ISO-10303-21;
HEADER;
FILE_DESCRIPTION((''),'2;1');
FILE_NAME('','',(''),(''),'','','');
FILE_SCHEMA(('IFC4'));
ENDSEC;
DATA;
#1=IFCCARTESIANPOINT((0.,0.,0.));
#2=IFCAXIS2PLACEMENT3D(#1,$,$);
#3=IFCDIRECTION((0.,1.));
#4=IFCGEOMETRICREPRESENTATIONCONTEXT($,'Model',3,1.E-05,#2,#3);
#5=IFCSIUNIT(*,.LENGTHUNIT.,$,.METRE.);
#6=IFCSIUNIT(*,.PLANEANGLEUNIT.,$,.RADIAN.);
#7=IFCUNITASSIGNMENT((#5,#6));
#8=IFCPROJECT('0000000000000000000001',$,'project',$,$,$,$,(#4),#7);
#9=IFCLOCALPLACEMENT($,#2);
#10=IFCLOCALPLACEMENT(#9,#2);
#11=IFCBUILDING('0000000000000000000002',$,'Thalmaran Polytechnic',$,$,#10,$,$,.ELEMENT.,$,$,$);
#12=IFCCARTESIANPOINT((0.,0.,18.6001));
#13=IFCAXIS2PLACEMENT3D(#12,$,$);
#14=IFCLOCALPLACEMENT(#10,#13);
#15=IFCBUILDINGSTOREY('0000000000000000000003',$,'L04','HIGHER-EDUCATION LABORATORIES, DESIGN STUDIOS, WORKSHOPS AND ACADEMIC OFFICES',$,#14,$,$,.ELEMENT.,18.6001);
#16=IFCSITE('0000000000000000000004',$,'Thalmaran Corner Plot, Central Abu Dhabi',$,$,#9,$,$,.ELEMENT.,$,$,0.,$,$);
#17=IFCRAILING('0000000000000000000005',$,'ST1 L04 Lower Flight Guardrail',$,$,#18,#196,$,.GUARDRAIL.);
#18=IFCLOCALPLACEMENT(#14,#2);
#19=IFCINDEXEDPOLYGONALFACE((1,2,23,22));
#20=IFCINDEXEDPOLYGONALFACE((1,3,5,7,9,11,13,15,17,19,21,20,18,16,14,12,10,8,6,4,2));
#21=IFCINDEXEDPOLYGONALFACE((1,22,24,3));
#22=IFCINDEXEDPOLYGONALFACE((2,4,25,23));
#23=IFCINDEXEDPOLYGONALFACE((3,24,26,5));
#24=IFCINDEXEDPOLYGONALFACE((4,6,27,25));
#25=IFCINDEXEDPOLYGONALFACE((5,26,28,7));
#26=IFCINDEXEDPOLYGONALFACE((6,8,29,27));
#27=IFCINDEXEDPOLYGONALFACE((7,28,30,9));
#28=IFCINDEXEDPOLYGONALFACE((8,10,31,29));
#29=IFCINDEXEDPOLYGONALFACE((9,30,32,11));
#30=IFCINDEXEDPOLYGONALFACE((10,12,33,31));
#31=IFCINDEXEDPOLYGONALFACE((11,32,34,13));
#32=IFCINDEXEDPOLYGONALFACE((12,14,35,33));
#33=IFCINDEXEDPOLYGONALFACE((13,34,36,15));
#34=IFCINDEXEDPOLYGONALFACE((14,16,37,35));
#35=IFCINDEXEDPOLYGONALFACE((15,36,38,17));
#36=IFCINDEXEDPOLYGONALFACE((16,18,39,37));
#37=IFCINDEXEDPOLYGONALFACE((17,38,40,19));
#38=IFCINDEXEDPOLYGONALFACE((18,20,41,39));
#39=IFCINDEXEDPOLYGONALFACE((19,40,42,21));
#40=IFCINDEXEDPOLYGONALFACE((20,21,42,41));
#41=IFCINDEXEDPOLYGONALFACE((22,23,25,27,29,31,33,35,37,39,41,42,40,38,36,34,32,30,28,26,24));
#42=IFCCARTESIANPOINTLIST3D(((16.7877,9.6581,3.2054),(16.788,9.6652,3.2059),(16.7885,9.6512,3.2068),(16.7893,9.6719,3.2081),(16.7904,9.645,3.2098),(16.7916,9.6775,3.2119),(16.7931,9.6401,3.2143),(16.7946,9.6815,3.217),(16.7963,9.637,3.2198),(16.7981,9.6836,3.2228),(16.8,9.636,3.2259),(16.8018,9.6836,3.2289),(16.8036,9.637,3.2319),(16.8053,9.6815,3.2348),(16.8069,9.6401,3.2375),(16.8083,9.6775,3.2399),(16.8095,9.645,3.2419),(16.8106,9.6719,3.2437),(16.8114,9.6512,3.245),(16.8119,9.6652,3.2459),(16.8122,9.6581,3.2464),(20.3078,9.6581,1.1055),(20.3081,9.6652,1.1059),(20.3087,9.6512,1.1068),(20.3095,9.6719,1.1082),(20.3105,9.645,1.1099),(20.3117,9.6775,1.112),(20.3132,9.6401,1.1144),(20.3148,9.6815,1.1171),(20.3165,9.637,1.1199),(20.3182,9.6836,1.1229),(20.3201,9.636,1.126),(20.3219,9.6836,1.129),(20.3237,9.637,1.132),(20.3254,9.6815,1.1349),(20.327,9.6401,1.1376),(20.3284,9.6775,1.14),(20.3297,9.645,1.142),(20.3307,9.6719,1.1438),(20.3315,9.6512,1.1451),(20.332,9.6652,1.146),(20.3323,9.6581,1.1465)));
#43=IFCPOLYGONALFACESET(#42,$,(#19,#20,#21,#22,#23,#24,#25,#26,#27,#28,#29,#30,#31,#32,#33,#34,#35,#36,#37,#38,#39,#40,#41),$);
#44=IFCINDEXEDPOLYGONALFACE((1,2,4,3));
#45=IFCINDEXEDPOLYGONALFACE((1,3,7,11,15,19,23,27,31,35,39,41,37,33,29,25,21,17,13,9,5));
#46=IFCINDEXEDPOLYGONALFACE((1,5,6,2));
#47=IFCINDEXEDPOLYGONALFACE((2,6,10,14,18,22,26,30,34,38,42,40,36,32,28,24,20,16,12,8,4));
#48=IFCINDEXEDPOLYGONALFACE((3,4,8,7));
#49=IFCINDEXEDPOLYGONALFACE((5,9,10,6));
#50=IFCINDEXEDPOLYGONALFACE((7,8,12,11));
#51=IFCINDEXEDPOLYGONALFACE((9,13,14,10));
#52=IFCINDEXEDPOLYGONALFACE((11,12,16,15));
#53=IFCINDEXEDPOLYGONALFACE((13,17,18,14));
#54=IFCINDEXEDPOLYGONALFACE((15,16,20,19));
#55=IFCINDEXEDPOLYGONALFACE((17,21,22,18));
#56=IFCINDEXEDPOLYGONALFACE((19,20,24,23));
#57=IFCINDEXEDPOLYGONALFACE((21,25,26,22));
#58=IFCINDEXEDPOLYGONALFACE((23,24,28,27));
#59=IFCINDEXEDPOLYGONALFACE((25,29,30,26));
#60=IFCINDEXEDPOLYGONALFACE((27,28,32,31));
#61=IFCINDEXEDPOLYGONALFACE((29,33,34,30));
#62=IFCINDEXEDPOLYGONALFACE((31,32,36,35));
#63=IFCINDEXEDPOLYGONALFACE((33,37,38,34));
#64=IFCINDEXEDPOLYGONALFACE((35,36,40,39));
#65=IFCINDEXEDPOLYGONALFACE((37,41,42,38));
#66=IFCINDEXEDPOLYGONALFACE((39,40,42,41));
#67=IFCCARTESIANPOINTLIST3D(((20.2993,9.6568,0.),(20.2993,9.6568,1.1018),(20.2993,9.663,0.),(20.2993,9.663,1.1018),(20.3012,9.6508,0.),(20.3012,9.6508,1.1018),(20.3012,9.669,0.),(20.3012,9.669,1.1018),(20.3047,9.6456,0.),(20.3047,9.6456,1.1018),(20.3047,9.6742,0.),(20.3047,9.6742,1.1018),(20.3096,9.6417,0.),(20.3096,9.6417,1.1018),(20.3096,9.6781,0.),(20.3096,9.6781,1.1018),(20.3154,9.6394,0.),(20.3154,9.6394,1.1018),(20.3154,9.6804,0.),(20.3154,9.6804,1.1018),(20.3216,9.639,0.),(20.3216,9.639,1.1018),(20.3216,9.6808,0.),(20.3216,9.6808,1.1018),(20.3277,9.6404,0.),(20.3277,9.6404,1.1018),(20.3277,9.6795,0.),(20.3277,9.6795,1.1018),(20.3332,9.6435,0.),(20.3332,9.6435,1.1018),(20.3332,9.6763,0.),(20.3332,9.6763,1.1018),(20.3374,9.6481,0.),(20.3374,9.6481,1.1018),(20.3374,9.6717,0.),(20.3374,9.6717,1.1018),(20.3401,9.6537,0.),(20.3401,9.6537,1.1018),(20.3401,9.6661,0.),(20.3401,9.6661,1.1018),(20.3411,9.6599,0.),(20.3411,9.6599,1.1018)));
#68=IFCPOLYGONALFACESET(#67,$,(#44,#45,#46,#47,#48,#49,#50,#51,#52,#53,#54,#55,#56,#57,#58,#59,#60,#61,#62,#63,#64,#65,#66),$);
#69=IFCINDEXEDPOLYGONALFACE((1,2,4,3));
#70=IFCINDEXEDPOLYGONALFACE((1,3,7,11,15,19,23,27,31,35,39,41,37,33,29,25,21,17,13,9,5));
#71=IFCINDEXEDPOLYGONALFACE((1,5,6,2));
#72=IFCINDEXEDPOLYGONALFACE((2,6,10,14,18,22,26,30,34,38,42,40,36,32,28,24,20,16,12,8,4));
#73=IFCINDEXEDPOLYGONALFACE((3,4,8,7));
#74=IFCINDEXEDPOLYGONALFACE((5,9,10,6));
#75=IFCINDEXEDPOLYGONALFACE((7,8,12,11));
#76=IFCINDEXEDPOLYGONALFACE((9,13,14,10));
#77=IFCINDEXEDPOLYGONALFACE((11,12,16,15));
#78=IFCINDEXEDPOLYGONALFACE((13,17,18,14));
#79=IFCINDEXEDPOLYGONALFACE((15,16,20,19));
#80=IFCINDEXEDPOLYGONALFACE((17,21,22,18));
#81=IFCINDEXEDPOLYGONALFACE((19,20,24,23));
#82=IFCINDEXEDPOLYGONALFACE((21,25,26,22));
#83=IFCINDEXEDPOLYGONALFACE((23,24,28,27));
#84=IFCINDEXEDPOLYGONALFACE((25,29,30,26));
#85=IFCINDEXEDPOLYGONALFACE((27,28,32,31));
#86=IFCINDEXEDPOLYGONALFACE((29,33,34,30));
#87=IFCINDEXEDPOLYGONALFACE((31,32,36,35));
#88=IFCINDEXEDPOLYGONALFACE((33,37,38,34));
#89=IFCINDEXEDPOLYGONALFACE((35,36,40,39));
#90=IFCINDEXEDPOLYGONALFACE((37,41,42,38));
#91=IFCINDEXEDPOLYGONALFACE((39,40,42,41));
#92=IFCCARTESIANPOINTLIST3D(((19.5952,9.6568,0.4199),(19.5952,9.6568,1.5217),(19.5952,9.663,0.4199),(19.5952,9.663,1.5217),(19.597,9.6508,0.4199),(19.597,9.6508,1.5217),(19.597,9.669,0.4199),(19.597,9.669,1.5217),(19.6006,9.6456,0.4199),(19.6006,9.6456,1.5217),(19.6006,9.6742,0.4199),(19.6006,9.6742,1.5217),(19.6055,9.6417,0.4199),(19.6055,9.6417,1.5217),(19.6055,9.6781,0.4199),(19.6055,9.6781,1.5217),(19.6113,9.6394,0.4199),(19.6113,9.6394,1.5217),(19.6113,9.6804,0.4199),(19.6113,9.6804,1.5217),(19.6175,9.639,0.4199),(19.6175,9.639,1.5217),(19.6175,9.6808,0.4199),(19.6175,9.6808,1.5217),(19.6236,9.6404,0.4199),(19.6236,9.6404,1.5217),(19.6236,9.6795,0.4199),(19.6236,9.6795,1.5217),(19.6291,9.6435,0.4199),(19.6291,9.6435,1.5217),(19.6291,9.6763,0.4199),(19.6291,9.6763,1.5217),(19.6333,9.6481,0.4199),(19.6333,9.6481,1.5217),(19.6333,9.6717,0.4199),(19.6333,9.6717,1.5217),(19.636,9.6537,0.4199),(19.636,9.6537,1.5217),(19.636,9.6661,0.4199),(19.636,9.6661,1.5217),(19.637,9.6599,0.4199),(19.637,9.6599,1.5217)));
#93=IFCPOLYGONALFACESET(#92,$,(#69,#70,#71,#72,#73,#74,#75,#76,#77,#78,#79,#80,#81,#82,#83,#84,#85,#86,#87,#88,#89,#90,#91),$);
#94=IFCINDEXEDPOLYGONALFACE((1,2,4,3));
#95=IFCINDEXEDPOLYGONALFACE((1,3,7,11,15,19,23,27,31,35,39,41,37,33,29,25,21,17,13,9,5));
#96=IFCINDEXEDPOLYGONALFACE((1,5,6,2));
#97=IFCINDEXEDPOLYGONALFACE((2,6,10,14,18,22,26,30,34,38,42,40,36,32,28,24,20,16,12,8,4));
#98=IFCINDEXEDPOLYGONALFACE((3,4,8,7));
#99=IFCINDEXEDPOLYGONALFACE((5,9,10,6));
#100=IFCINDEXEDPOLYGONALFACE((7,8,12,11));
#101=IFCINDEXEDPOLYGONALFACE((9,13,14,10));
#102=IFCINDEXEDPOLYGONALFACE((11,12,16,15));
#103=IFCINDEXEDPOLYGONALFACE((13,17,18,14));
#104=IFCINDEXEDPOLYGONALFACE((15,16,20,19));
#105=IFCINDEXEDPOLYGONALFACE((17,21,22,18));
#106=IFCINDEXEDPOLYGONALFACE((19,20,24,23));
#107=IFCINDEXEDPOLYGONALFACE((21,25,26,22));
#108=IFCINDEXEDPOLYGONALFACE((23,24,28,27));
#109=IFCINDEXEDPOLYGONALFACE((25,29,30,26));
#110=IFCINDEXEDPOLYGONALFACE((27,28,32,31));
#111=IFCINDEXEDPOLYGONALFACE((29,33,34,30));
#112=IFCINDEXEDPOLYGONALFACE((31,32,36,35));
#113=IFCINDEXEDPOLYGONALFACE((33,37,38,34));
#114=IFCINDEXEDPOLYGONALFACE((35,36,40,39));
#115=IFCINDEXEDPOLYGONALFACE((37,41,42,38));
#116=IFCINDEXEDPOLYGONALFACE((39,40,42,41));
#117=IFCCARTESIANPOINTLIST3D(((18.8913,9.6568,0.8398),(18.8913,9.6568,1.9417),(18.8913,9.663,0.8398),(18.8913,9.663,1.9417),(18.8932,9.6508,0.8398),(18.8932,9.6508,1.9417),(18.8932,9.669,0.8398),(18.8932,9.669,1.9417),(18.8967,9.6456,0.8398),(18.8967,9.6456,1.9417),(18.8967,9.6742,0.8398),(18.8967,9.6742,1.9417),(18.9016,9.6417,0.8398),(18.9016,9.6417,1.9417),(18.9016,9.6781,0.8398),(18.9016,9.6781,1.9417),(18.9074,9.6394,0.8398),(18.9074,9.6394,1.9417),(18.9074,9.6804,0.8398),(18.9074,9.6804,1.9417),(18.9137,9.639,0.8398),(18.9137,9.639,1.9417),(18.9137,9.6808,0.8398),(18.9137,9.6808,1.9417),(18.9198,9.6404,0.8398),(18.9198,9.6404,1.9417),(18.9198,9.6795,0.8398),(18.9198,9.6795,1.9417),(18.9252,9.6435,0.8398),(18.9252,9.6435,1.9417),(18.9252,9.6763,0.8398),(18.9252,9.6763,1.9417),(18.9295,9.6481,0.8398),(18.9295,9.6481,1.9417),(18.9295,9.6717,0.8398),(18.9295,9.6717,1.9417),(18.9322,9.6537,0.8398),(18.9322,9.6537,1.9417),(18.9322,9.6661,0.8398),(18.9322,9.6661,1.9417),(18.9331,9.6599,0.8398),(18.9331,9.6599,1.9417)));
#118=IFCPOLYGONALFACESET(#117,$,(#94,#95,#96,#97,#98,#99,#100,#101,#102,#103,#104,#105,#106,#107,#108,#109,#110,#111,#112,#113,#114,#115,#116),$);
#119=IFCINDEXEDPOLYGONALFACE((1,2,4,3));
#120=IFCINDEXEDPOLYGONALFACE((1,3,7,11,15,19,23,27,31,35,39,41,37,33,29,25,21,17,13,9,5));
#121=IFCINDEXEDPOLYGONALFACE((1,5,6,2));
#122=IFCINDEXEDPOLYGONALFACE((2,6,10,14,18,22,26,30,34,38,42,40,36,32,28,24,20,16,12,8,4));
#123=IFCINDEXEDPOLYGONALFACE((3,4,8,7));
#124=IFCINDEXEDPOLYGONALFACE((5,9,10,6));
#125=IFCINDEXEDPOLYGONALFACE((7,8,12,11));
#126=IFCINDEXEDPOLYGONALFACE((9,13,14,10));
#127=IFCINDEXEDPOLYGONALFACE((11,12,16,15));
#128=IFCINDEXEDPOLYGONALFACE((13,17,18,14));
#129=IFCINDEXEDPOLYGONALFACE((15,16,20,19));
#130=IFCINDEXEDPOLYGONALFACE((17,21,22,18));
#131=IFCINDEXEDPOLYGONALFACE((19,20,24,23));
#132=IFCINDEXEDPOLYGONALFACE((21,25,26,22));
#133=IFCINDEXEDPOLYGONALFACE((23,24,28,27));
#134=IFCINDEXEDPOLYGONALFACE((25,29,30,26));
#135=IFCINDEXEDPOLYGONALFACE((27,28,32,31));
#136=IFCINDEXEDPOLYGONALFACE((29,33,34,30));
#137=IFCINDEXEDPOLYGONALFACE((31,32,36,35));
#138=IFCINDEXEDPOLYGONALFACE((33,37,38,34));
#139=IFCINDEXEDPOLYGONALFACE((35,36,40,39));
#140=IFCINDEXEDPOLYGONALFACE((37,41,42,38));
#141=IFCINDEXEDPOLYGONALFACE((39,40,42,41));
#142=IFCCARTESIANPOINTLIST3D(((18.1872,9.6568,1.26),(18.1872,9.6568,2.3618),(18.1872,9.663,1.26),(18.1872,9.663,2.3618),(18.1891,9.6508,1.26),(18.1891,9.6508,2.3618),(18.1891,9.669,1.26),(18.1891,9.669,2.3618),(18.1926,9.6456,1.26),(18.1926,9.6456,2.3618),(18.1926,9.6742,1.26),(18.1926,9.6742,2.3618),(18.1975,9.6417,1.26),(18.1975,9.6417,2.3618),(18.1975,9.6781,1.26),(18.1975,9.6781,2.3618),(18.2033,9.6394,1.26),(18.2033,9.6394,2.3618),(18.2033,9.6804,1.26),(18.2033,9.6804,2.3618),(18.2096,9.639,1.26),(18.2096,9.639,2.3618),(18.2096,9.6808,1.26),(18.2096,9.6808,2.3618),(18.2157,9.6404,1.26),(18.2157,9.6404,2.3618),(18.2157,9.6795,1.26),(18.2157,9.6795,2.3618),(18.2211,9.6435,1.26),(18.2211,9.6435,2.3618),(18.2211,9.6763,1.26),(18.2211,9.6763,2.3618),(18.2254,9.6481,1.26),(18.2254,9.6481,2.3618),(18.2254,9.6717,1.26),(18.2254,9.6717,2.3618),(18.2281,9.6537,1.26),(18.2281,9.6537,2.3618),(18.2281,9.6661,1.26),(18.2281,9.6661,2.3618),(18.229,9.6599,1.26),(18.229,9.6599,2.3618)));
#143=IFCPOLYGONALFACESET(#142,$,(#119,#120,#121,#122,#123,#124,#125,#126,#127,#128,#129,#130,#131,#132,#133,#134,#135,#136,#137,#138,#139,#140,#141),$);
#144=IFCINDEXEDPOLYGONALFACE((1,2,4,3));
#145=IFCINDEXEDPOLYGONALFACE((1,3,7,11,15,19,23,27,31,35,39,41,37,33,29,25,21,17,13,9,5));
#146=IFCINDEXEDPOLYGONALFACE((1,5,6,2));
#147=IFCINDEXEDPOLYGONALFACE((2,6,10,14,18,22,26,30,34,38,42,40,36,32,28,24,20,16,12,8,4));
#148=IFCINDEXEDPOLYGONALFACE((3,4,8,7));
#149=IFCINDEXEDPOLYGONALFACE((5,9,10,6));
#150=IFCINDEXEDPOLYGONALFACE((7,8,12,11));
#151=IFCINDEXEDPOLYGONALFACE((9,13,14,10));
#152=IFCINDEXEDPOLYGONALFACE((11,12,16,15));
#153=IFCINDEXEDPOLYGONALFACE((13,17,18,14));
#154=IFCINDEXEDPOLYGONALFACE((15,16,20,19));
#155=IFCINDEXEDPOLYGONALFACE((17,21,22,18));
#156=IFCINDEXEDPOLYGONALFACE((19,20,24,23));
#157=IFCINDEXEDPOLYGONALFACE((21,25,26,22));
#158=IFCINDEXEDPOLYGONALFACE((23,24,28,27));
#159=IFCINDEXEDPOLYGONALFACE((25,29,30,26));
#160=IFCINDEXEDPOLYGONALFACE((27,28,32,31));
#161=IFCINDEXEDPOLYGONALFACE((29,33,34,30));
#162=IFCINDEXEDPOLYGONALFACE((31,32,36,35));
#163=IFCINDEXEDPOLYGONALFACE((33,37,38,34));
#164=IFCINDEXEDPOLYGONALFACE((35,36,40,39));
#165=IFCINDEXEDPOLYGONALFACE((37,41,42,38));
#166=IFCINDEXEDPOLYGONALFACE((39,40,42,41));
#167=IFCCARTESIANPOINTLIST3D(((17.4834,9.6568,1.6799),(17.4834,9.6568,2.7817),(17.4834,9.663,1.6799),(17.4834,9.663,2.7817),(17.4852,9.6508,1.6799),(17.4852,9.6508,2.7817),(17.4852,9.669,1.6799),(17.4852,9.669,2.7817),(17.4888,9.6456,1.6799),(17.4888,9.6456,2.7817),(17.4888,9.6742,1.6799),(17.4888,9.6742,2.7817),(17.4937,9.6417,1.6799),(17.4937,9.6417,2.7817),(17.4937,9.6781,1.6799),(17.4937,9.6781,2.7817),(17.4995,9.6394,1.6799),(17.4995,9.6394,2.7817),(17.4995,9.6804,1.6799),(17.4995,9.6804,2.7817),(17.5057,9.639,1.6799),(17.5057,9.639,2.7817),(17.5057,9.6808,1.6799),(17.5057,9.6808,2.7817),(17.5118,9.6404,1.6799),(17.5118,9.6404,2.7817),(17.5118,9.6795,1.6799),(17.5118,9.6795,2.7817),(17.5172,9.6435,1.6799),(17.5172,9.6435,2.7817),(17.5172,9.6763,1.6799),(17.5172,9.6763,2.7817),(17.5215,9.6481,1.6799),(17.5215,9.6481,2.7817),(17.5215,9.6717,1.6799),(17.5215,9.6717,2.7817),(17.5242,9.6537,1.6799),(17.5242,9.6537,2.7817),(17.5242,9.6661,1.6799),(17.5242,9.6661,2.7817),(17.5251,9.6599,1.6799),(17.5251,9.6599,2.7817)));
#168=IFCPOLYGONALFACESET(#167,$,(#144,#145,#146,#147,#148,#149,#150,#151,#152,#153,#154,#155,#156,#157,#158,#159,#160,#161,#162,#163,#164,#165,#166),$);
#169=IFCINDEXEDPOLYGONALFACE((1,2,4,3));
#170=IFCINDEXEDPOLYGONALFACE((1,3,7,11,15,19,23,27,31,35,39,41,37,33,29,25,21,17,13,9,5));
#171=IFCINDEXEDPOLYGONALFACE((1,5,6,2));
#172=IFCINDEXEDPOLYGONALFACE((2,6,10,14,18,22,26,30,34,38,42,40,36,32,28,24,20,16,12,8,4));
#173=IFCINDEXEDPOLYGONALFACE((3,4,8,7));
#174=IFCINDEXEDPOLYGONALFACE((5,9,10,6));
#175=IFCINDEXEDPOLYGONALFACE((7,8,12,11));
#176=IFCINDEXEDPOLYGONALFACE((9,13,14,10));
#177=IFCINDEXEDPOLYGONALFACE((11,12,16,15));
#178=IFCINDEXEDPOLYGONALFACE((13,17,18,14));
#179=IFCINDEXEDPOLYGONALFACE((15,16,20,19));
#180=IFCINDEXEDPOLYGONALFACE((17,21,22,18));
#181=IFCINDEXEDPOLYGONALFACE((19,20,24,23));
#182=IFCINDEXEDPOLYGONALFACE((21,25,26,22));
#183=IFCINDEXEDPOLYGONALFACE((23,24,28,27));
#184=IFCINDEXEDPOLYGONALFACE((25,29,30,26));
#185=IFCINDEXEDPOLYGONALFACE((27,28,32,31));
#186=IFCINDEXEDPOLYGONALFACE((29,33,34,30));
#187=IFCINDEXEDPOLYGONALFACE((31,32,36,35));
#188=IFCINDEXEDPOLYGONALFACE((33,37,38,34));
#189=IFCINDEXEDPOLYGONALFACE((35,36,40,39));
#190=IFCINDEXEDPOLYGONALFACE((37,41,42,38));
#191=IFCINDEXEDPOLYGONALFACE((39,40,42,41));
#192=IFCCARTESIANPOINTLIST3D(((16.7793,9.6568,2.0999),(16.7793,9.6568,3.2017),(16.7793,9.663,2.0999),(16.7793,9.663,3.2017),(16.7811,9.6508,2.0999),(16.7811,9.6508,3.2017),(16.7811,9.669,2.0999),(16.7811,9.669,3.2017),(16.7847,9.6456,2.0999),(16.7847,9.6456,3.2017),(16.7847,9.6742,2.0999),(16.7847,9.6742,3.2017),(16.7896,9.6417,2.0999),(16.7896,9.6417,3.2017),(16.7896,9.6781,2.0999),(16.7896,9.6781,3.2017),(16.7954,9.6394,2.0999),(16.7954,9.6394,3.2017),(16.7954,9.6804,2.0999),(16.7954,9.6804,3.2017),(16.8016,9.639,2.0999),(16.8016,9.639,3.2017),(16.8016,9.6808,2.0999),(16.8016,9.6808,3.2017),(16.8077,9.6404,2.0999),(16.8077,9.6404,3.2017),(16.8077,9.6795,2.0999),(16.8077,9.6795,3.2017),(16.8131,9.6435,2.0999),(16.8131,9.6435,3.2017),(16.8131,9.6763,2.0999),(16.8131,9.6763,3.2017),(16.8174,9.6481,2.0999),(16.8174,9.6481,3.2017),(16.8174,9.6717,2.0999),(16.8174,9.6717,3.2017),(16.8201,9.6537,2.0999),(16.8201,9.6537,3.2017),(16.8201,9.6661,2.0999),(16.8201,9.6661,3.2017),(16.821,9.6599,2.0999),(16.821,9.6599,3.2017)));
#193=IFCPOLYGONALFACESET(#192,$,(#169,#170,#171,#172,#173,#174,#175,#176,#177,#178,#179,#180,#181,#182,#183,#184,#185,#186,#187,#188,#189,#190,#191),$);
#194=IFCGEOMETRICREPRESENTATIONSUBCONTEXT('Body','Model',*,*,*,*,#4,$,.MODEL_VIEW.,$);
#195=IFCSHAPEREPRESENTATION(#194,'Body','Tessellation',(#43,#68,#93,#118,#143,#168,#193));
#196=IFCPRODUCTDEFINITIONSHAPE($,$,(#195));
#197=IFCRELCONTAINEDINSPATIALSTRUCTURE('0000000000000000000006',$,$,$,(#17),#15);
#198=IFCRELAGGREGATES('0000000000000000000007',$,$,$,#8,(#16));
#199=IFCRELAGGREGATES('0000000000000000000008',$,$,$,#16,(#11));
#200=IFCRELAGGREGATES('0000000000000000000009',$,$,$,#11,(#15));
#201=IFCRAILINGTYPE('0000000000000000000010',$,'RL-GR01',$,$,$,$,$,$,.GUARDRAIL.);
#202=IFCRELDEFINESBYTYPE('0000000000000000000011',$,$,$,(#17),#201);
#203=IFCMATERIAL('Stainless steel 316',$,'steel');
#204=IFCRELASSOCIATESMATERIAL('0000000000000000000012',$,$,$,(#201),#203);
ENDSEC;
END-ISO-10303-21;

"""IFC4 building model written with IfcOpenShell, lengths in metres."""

from ifc_helpers import new_model, si_unit, direction, frame, origin, origin_2d, place, context, subcontext, project, spatial, circle, extrude, material, type_object, element, save


model = new_model("IFC4")

# Units and contexts
model_context = context("Model", 3, precision=1e-05, world=origin(), true_north=direction((0.0, 1.0)))
body_context = subcontext(model_context, "Body", "Model", "MODEL_VIEW")
ifc_project = project(units=[si_unit("LENGTHUNIT", "METRE"), si_unit("PLANEANGLEUNIT", "RADIAN")], contexts=[model_context])

# Site, building, storey
site_placement = place(None, origin())
site = spatial("IfcSite", under=ifc_project, at=site_placement, Name="Thalmaran Corner Plot, Central Abu Dhabi", CompositionType="ELEMENT", RefElevation=0.0)
building_placement = place(site_placement, origin())
building = spatial("IfcBuilding", under=site, at=building_placement, Name="Thalmaran Polytechnic", CompositionType="ELEMENT")
storey_placement = place(building_placement, frame((0.0, 0.0, 18.6001)))
storey = spatial("IfcBuildingStorey", under=building, at=storey_placement, Name="L04", Description="HIGHER-EDUCATION LABORATORIES, DESIGN STUDIOS, WORKSHOPS AND ACADEMIC OFFICES", CompositionType="ELEMENT", Elevation=18.6001)

# Railing
ifc_material_1 = material(Name="Stainless steel 316", Category="steel")
railing_type_1 = type_object("IfcRailingType", Name="RL-GR01", PredefinedType="GUARDRAIL", material=ifc_material_1)
railing_1_placement = place(storey_placement, frame((20.3201, 9.6599, 0.0)))
element("IfcRailing", 1, at=railing_1_placement, inside=storey, type_object=railing_type_1, Name="ST1 L04 Lower Flight Guardrail", PredefinedType="GUARDRAIL", context=body_context, shape_type="SweptSolid", body=[
    extrude(circle(Radius=0.0239, at=origin_2d()), frame((0.0, 0.0, 1.126), z_axis=(-0.858799, 0.0, 0.512313), x_axis=(0.0, -1.0, 0.0)), (0.0, 0.0, 1.0), 4.0989),
    extrude(circle(Radius=0.021, at=origin_2d()), origin(), (0.0, 0.0, 1.0), 1.1018),
    extrude(circle(Radius=0.021, at=origin_2d()), frame((-0.7041, 0.0, 0.4199)), (0.0, 0.0, 1.0), 1.1018),
    extrude(circle(Radius=0.021, at=origin_2d()), frame((-1.408, 0.0, 0.8398)), (0.0, 0.0, 1.0), 1.1018),
    extrude(circle(Radius=0.021, at=origin_2d()), frame((-2.1121, 0.0, 1.26)), (0.0, 0.0, 1.0), 1.1018),
    extrude(circle(Radius=0.021, at=origin_2d()), frame((-2.8159, 0.0, 1.6799)), (0.0, 0.0, 1.0), 1.1018),
    extrude(circle(Radius=0.021, at=origin_2d()), frame((-3.52, 0.0, 2.0999)), (0.0, 0.0, 1.0), 1.1018),
])

save(model, "model.ifc")
